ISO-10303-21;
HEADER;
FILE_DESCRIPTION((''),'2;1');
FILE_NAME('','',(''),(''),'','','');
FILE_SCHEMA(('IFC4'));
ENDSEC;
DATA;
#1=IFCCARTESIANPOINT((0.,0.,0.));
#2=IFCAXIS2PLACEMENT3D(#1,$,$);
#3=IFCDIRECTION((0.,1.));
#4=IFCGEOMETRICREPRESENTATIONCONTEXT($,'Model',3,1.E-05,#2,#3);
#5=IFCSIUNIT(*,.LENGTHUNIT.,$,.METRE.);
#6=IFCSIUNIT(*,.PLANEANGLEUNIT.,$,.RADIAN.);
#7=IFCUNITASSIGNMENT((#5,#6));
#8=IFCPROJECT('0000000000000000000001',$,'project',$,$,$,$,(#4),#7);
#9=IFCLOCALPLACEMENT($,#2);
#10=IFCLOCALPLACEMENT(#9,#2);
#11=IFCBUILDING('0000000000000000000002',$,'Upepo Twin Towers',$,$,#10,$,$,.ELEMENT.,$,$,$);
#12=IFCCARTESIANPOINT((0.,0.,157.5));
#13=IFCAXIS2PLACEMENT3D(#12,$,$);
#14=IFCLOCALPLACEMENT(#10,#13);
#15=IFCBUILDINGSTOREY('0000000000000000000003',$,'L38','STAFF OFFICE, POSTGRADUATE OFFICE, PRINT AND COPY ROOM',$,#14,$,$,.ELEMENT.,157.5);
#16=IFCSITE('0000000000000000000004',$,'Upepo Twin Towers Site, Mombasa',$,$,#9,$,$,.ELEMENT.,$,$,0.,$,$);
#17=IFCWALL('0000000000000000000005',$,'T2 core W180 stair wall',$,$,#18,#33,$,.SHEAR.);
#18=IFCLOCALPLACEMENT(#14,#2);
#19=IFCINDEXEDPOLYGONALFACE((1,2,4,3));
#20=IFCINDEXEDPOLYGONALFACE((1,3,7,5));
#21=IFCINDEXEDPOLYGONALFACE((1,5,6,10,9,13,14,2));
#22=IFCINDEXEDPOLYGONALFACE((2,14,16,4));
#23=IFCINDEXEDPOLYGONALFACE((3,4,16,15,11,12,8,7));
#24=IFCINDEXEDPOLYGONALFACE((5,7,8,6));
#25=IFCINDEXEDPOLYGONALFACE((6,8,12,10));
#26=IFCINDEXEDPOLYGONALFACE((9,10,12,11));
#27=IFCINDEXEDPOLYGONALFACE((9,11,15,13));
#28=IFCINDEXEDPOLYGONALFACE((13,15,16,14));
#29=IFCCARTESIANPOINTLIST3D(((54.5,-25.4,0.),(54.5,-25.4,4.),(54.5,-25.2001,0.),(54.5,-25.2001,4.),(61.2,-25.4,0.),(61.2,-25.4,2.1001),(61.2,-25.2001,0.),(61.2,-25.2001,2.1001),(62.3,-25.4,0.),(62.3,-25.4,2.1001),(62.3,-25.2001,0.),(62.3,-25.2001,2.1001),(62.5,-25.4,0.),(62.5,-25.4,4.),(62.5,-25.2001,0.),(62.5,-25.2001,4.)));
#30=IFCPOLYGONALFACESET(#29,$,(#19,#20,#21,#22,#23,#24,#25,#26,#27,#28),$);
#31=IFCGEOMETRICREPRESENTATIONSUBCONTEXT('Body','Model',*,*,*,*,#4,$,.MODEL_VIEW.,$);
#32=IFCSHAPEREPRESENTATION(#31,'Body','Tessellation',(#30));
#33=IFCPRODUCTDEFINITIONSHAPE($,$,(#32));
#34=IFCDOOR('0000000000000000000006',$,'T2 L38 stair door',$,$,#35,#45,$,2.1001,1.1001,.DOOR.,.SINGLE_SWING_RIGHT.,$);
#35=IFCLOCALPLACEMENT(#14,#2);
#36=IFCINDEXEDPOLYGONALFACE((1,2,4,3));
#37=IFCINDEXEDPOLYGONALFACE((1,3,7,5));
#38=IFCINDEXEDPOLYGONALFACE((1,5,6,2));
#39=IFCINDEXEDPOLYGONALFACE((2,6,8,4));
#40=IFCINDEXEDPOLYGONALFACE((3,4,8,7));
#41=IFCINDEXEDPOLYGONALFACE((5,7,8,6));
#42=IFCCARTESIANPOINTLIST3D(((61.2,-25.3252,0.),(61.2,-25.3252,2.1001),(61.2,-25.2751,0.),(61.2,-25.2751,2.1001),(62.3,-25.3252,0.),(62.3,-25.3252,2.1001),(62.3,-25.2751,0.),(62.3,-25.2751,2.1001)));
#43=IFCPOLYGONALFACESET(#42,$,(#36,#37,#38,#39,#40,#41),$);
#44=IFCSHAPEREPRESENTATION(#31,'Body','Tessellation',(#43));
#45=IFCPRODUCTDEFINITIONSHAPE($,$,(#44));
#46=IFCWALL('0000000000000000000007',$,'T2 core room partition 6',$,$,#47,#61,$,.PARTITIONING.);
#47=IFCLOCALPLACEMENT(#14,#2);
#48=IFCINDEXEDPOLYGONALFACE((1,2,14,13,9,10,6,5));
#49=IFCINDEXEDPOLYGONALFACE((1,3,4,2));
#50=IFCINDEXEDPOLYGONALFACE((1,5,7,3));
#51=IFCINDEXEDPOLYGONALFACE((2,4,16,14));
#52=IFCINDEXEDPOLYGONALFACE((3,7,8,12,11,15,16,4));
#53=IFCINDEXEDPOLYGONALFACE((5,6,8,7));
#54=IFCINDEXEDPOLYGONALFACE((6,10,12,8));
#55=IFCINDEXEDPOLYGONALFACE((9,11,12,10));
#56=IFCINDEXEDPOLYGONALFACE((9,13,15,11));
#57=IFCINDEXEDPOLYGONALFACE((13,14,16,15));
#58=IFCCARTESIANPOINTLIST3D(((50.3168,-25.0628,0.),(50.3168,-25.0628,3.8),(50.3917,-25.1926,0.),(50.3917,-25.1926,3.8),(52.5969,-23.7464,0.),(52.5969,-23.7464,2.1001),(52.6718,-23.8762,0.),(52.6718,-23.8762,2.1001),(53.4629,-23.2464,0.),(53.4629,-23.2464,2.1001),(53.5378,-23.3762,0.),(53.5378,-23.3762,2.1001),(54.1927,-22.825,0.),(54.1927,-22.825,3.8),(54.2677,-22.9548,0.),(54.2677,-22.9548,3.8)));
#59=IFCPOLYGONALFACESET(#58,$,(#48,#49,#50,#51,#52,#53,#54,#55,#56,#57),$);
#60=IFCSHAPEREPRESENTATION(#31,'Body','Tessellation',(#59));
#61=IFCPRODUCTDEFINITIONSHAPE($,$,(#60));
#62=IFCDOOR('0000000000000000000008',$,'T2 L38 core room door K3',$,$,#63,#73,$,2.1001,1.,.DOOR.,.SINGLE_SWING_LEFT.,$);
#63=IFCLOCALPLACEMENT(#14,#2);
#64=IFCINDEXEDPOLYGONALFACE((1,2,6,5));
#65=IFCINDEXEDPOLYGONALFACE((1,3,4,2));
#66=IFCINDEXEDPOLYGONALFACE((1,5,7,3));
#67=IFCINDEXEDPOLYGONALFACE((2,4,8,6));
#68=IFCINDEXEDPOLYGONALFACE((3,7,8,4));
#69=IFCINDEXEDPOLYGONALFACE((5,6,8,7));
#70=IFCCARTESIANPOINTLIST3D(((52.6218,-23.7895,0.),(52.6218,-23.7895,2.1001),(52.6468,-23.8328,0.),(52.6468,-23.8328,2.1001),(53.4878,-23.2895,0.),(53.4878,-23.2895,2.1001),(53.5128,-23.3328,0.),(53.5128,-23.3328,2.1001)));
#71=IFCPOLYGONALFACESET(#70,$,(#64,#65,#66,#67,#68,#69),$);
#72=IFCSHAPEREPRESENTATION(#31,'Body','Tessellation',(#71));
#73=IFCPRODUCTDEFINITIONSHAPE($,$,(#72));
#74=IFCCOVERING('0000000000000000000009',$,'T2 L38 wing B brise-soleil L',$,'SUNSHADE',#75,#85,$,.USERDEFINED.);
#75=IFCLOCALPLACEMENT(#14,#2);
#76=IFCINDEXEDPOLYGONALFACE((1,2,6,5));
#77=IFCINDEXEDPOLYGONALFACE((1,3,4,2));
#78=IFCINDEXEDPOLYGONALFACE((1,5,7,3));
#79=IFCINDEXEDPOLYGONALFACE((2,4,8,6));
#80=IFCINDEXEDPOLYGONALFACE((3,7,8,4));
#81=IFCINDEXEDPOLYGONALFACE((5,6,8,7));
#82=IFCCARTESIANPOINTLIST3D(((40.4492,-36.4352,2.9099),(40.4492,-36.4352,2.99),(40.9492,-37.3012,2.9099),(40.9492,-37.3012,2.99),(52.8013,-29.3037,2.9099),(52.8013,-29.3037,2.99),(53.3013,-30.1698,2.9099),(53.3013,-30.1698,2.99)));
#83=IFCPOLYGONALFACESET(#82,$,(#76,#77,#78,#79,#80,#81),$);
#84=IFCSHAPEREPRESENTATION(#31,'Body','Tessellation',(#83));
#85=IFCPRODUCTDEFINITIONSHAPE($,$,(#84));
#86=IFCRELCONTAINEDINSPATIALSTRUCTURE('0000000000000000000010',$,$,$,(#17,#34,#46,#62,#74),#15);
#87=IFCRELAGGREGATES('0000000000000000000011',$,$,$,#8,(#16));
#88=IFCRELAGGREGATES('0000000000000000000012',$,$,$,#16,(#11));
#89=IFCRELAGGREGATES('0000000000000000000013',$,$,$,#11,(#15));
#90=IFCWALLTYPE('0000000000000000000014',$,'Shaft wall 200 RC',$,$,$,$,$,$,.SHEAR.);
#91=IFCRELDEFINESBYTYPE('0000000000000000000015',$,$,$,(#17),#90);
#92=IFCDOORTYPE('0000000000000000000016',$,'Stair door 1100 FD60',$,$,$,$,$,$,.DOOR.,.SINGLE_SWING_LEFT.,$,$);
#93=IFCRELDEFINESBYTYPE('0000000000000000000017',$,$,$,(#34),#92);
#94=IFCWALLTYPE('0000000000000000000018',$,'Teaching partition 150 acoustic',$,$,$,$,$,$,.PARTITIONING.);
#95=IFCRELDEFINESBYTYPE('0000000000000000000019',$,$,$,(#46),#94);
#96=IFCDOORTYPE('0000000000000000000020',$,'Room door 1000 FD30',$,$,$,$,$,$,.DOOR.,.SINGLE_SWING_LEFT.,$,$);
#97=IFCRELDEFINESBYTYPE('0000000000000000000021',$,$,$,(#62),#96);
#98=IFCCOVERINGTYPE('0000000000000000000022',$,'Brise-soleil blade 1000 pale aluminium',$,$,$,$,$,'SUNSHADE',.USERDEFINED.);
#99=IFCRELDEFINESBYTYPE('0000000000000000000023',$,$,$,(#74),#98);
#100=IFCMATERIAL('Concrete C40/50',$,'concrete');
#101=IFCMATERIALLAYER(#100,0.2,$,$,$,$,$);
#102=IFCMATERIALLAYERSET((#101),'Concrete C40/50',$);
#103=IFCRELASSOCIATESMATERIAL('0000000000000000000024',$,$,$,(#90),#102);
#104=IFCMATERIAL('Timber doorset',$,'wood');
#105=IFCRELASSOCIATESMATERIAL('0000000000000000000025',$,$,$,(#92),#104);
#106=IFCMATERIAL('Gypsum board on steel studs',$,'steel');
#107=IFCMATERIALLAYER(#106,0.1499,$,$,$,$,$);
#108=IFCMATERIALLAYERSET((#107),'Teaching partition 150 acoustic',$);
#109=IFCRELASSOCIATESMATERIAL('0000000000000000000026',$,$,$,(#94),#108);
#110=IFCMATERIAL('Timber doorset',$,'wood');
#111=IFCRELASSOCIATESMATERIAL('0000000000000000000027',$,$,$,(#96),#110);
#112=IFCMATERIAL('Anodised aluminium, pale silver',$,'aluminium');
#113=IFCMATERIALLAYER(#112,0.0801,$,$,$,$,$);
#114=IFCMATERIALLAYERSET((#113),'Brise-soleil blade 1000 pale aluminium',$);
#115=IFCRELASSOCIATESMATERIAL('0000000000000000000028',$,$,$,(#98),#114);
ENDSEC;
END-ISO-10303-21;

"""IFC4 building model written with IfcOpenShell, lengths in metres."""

from ifc_helpers import new_model, si_unit, direction, frame, frame_2d, origin, origin_2d, place, context, subcontext, project, spatial, rectangle, extrude, material, layer, layer_set, type_object, element, fill, save


model = new_model("IFC4")

# Units and contexts
model_context = context("Model", 3, precision=1e-05, world=origin(), true_north=direction((0.0, 1.0)))
body_context = subcontext(model_context, "Body", "Model", "MODEL_VIEW")
ifc_project = project(units=[si_unit("LENGTHUNIT", "METRE"), si_unit("PLANEANGLEUNIT", "RADIAN")], contexts=[model_context])

# Site, building, storey
site_placement = place(None, origin())
site = spatial("IfcSite", under=ifc_project, at=site_placement, Name="Upepo Twin Towers Site, Mombasa", CompositionType="ELEMENT", RefElevation=0.0)
building_placement = place(site_placement, origin())
building = spatial("IfcBuilding", under=site, at=building_placement, Name="Upepo Twin Towers", CompositionType="ELEMENT")
storey_placement = place(building_placement, frame((0.0, 0.0, 157.5)))
storey = spatial("IfcBuildingStorey", under=building, at=storey_placement, Name="L38", Description="STAFF OFFICE, POSTGRADUATE OFFICE, PRINT AND COPY ROOM", CompositionType="ELEMENT", Elevation=157.5)

# Walls, openings, doors
ifc_material_1 = material(Name="Concrete C40/50", Category="concrete")
ifc_layer_1 = layer(ifc_material_1, 0.2)
ifc_layer_set_1 = layer_set([ifc_layer_1], Name="Concrete C40/50")
wall_type_1 = type_object("IfcWallType", Name="Shaft wall 200 RC", PredefinedType="SHEAR", material=ifc_layer_set_1)
wall_1_placement = place(storey_placement, frame((54.5, -25.3, 0.0), z_axis=(0.0, 0.0, 1.0), x_axis=(1.0, 0.0, 0.0)))
wall_1 = element("IfcWall", 1, at=wall_1_placement, inside=storey, type_object=wall_type_1, Name="T2 core W180 stair wall", PredefinedType="SHEAR", context=body_context, shape_type="SweptSolid", body=[
    extrude(rectangle(XDim=8.0, YDim=0.2, at=frame_2d((4.0, 0.0))), origin(), (0.0, 0.0, 1.0), 4.0),
])
opening_1_placement = place(wall_1_placement, frame((6.7, 0.0, 0.0)))
opening_1 = element("IfcOpeningElement", 2, at=opening_1_placement, cuts=wall_1, PredefinedType="OPENING", context=body_context, shape_type="SweptSolid", body=[
    extrude(rectangle(XDim=1.1001, YDim=2.1001, at=frame_2d((0.55, 1.05))), frame((0.0, 0.1099, 0.0), z_axis=(0.0, -1.0, 0.0), x_axis=(1.0, 0.0, 0.0)), (0.0, 0.0, 1.0), 0.22),
])
ifc_material_2 = material(Name="Timber doorset", Category="wood")
door_type_1 = type_object("IfcDoorType", Name="Stair door 1100 FD60", OperationType="SINGLE_SWING_LEFT", PredefinedType="DOOR", material=ifc_material_2)
door_1_placement = place(opening_1_placement, origin())
door_1 = element("IfcDoor", 3, at=door_1_placement, inside=storey, type_object=door_type_1, Name="T2 L38 stair door", OperationType="SINGLE_SWING_RIGHT", OverallHeight=2.1001, OverallWidth=1.1001, PredefinedType="DOOR", context=body_context, shape_type="SweptSolid", body=[
    extrude(rectangle(XDim=1.1001, YDim=2.1001, at=frame_2d((0.55, 1.05))), frame((0.0, 0.0249, 0.0), z_axis=(0.0, -1.0, 0.0), x_axis=(1.0, 0.0, 0.0)), (0.0, 0.0, 1.0), 0.05),
])
fill(opening_1, door_1)
ifc_material_3 = material(Name="Gypsum board on steel studs", Category="steel")
ifc_layer_2 = layer(ifc_material_3, 0.1499)
ifc_layer_set_2 = layer_set([ifc_layer_2], Name="Teaching partition 150 acoustic")
wall_type_2 = type_object("IfcWallType", Name="Teaching partition 150 acoustic", PredefinedType="PARTITIONING", material=ifc_layer_set_2)
wall_2_placement = place(storey_placement, frame((54.2302, -22.8899, 0.0), z_axis=(0.0, 0.0, 1.0), x_axis=(-0.866026, -0.499999, 0.0)))
wall_2 = element("IfcWall", 4, at=wall_2_placement, inside=storey, type_object=wall_type_2, Name="T2 core room partition 6", PredefinedType="PARTITIONING", context=body_context, shape_type="SweptSolid", body=[
    extrude(rectangle(XDim=4.4756, YDim=0.1499, at=frame_2d((2.2378, 0.0))), origin(), (0.0, 0.0, 1.0), 3.8),
])
opening_2_placement = place(wall_2_placement, frame((0.8428, 0.0, 0.0)))
opening_2 = element("IfcOpeningElement", 5, at=opening_2_placement, cuts=wall_2, PredefinedType="OPENING", context=body_context, shape_type="SweptSolid", body=[
    extrude(rectangle(XDim=1.0, YDim=2.1001, at=frame_2d((0.5, 1.05))), frame((0.0, 0.085, 0.0), z_axis=(0.0, -1.0, 0.0), x_axis=(1.0, 0.0, 0.0)), (0.0, 0.0, 1.0), 0.1699),
])
ifc_material_4 = material(Name="Timber doorset", Category="wood")
door_type_2 = type_object("IfcDoorType", Name="Room door 1000 FD30", OperationType="SINGLE_SWING_LEFT", PredefinedType="DOOR", material=ifc_material_4)
door_2_placement = place(opening_2_placement, origin())
door_2 = element("IfcDoor", 6, at=door_2_placement, inside=storey, type_object=door_type_2, Name="T2 L38 core room door K3", OperationType="SINGLE_SWING_LEFT", OverallHeight=2.1001, OverallWidth=1.0, PredefinedType="DOOR", context=body_context, shape_type="SweptSolid", body=[
    extrude(rectangle(XDim=1.0, YDim=2.1001, at=frame_2d((0.5, 1.05))), frame((0.0, 0.0249, 0.0), z_axis=(0.0, -1.0, 0.0), x_axis=(1.0, 0.0, 0.0)), (0.0, 0.0, 1.0), 0.05),
])
fill(opening_2, door_2)

# Covering
ifc_material_5 = material(Name="Anodised aluminium, pale silver", Category="aluminium")
ifc_layer_3 = layer(ifc_material_5, 0.0801)
ifc_layer_set_3 = layer_set([ifc_layer_3], Name="Brise-soleil blade 1000 pale aluminium")
covering_type = type_object("IfcCoveringType", Name="Brise-soleil blade 1000 pale aluminium", ElementType="SUNSHADE", PredefinedType="USERDEFINED", material=ifc_layer_set_3)
covering_placement = place(storey_placement, frame((46.8752, -33.3025, 2.9099), z_axis=(0.0, 0.0, 1.0), x_axis=(-0.866025, -0.5, 0.0)))
element("IfcCovering", 7, at=covering_placement, inside=storey, type_object=covering_type, Name="T2 L38 wing B brise-soleil L", ObjectType="SUNSHADE", PredefinedType="USERDEFINED", context=body_context, shape_type="SweptSolid", body=[
    extrude(rectangle(XDim=14.2629, YDim=1.0, at=origin_2d()), origin(), (0.0, 0.0, 1.0), 0.0801),
])

save(model, "model.ifc")
